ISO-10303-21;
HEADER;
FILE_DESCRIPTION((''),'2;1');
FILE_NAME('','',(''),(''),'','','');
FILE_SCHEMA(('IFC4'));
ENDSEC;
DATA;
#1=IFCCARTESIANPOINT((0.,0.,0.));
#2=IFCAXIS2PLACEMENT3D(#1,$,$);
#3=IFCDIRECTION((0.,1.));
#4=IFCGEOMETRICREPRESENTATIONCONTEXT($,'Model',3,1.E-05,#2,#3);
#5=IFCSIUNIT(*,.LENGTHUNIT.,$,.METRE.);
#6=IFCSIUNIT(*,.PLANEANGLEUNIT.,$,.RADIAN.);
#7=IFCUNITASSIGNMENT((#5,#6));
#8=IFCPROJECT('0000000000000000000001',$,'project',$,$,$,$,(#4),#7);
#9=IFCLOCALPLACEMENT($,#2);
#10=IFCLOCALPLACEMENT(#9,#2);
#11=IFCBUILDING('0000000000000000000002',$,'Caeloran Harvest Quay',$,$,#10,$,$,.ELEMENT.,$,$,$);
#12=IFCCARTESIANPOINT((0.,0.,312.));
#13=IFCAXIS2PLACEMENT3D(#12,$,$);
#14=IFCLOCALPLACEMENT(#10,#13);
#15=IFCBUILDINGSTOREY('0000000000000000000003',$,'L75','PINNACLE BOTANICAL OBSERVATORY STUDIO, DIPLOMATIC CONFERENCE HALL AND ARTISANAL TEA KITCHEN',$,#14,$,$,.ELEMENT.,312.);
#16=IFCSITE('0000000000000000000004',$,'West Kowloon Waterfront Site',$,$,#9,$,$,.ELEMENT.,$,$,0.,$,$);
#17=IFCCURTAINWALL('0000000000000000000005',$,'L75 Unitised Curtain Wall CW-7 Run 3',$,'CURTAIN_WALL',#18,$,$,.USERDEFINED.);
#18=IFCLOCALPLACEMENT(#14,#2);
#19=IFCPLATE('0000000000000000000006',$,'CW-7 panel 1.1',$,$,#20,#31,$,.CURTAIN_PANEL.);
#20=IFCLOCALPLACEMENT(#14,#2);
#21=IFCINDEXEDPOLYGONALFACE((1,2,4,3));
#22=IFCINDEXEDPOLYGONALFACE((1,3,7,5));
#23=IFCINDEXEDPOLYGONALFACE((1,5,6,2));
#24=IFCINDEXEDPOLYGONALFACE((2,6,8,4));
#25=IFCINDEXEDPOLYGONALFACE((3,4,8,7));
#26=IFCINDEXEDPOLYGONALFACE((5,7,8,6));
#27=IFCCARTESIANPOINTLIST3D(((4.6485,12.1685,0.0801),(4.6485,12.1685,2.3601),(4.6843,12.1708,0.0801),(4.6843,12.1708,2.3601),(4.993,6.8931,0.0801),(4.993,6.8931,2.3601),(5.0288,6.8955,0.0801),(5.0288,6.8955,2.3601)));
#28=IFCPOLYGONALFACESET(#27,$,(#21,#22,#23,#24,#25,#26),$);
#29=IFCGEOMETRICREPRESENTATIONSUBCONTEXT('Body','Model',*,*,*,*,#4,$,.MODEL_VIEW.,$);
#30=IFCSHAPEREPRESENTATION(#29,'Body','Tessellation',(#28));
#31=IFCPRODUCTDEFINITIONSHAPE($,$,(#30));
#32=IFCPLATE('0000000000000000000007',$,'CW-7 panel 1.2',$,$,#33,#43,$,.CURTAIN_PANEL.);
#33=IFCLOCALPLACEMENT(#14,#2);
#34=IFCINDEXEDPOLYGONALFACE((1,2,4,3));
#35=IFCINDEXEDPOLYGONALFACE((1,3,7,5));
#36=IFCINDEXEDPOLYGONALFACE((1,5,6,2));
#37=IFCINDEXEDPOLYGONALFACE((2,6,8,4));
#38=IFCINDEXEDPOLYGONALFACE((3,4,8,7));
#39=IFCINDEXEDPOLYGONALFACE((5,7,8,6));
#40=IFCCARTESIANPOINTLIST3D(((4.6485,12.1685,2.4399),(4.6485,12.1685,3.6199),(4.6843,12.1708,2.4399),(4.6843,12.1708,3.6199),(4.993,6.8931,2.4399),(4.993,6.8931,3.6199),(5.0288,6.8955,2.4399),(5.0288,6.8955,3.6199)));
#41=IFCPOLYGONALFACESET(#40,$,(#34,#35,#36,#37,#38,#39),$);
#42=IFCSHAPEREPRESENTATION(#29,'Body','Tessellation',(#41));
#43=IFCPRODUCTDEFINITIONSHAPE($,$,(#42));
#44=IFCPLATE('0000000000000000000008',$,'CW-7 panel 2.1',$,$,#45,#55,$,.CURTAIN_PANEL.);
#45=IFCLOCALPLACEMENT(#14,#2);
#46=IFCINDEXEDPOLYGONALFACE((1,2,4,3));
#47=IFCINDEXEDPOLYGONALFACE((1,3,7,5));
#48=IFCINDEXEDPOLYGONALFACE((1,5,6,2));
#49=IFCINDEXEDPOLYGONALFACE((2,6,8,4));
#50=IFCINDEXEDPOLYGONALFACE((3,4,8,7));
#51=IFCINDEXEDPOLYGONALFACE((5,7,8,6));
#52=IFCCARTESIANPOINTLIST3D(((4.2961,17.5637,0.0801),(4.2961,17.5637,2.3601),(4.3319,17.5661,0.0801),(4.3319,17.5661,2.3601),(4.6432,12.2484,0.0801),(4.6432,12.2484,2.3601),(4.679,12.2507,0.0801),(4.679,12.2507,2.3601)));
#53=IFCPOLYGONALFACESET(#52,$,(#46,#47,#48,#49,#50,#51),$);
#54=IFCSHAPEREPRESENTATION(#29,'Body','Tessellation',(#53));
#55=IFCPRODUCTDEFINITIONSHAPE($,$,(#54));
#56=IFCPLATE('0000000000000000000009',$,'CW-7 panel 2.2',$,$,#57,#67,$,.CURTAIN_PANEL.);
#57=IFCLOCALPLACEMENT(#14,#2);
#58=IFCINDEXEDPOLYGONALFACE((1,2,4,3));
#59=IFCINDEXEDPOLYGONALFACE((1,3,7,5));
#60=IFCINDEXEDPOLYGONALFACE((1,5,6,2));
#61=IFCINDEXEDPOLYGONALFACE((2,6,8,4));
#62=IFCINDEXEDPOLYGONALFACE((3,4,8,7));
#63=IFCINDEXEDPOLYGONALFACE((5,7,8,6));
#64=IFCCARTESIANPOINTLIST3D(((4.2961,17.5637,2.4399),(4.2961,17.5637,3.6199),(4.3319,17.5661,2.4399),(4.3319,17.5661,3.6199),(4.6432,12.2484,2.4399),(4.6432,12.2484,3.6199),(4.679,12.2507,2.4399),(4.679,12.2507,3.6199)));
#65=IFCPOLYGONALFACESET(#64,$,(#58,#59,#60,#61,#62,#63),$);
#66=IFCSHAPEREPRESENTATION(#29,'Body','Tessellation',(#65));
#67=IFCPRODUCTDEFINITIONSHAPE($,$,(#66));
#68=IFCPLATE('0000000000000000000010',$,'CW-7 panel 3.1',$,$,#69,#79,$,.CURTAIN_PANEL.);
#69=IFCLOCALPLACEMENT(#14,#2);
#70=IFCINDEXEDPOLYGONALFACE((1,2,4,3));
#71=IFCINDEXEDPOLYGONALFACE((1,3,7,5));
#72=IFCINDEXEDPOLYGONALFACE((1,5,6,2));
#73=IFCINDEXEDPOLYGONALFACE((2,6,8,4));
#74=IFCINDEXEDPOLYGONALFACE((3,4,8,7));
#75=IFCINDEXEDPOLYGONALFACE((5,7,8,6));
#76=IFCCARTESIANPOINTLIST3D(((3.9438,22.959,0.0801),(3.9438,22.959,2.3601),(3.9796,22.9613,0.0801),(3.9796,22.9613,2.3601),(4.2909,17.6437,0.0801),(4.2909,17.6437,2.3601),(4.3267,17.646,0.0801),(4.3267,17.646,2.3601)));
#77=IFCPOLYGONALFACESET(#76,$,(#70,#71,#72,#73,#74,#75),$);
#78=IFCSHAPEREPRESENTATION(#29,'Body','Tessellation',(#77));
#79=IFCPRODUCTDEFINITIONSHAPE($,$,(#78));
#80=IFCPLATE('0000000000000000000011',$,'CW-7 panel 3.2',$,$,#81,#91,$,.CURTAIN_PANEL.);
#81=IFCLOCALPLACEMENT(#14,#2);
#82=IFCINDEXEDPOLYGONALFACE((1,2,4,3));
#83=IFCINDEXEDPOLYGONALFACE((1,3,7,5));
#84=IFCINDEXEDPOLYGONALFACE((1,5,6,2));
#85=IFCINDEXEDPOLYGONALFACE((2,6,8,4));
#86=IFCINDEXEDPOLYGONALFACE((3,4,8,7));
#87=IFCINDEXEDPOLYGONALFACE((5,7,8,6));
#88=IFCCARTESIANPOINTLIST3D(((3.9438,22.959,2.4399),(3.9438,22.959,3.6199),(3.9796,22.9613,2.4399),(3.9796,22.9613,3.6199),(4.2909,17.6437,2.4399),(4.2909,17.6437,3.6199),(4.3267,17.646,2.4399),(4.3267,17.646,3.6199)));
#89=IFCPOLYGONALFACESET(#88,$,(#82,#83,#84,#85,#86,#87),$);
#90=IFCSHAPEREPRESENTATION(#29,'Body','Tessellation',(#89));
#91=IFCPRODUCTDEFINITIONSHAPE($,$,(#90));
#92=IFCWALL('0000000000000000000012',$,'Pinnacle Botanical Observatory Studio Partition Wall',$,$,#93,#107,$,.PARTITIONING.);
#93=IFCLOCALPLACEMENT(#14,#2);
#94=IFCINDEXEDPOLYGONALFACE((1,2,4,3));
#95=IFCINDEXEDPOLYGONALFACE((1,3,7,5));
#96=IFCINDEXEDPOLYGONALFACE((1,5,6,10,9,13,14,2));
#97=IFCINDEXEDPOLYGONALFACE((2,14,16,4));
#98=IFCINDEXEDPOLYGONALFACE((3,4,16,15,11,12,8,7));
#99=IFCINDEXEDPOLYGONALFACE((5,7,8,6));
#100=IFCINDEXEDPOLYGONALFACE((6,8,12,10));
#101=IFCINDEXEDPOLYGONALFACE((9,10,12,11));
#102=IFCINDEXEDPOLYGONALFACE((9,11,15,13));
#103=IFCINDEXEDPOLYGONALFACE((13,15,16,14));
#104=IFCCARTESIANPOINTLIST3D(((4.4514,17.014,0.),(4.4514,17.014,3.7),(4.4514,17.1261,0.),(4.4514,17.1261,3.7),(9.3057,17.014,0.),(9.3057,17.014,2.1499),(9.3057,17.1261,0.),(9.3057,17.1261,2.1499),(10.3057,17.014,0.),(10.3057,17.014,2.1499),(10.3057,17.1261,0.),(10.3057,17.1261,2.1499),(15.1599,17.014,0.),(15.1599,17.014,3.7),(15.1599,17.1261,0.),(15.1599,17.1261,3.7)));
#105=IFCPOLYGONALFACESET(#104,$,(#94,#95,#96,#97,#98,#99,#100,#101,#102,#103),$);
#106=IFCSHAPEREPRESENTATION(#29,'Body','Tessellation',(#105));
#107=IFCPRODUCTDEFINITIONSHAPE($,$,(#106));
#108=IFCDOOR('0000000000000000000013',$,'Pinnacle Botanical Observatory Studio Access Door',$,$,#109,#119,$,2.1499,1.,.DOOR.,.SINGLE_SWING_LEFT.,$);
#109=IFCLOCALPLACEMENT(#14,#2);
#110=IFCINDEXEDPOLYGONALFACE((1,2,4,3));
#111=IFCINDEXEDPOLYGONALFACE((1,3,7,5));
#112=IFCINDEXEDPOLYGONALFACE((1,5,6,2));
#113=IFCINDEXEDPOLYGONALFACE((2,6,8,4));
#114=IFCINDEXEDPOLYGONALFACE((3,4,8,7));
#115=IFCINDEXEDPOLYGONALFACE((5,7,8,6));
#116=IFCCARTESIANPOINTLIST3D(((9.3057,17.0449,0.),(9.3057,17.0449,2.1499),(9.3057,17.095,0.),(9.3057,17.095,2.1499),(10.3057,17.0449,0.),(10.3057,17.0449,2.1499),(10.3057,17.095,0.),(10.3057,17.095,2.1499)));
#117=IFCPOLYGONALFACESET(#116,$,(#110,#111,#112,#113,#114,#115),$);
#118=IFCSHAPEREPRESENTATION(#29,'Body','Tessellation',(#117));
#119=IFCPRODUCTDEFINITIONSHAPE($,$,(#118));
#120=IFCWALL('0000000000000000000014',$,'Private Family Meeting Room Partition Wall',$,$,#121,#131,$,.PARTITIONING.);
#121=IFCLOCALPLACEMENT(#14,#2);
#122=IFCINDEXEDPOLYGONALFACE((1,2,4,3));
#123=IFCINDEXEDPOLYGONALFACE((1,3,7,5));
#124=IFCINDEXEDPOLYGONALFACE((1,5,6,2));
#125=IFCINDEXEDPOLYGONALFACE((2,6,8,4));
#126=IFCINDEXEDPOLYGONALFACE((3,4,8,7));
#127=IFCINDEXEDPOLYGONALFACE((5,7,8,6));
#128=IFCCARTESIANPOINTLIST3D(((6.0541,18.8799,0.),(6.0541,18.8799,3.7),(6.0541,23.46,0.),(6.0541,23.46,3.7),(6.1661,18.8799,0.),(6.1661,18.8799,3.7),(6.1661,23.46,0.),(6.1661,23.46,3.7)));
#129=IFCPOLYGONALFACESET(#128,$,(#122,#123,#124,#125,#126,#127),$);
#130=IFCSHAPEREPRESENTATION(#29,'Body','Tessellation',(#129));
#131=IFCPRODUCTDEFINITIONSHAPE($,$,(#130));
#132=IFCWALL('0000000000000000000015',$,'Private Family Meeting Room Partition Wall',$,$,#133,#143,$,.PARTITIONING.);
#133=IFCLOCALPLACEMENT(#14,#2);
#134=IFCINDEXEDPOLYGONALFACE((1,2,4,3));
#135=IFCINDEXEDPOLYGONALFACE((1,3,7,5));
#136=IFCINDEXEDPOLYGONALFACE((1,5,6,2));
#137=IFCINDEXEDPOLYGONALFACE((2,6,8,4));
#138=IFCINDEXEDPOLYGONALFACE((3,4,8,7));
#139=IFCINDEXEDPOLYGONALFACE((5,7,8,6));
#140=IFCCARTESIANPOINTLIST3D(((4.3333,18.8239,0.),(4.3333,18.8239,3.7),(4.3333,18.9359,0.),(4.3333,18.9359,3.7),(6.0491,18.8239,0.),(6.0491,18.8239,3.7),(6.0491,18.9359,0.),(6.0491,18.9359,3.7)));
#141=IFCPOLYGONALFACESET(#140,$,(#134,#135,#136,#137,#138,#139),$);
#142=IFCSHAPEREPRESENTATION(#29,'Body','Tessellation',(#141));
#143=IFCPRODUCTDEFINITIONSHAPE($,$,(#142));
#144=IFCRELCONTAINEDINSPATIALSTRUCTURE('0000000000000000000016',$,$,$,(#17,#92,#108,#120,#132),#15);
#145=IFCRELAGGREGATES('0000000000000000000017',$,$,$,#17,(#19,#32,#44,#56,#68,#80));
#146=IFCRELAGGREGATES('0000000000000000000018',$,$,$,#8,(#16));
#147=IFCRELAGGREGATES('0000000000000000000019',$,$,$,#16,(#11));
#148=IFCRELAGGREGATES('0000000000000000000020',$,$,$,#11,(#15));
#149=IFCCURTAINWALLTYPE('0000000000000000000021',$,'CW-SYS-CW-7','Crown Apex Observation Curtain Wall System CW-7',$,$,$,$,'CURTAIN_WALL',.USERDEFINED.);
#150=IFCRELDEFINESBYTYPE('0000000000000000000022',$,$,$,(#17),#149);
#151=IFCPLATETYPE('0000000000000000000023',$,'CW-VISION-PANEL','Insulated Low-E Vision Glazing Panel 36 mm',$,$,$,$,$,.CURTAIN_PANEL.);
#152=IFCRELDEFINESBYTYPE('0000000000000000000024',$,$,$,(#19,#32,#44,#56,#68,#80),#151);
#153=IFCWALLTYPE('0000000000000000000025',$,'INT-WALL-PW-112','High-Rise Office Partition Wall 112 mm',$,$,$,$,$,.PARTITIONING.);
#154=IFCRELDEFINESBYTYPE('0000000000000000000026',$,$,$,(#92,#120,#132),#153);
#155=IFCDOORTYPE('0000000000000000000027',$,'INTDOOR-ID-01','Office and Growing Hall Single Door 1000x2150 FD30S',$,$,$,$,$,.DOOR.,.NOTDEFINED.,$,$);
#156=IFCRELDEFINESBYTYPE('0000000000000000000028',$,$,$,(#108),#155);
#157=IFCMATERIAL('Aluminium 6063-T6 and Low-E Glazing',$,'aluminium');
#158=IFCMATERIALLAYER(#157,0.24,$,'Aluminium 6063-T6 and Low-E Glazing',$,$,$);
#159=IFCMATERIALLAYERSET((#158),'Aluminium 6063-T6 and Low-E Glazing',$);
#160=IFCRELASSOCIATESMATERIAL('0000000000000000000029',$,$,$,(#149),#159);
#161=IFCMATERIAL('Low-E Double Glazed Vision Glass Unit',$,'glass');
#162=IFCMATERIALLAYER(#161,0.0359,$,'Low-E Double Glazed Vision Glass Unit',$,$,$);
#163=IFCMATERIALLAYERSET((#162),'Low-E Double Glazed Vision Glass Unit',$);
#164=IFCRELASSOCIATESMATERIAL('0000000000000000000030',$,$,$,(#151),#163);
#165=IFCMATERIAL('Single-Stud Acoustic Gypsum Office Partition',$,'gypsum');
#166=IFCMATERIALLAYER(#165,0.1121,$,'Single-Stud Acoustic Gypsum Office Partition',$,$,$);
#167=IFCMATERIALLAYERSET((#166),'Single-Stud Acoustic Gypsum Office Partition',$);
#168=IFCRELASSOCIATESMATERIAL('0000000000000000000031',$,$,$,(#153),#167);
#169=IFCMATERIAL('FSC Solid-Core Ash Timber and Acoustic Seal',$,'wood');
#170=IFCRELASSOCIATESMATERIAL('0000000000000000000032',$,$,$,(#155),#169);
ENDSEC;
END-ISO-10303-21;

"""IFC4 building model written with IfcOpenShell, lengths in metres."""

from ifc_helpers import new_model, si_unit, direction, frame, frame_2d, origin, origin_2d, place, context, subcontext, project, spatial, rectangle, extrude, material, layer, layer_set, type_object, element, fill, aggregate, save


model = new_model("IFC4")

# Units and contexts
model_context = context("Model", 3, precision=1e-05, world=origin(), true_north=direction((0.0, 1.0)))
body_context = subcontext(model_context, "Body", "Model", "MODEL_VIEW")
ifc_project = project(units=[si_unit("LENGTHUNIT", "METRE"), si_unit("PLANEANGLEUNIT", "RADIAN")], contexts=[model_context])

# Site, building, storey
site_placement = place(None, origin())
site = spatial("IfcSite", under=ifc_project, at=site_placement, Name="West Kowloon Waterfront Site", CompositionType="ELEMENT", RefElevation=0.0)
building_placement = place(site_placement, origin())
building = spatial("IfcBuilding", under=site, at=building_placement, Name="Caeloran Harvest Quay", CompositionType="ELEMENT")
storey_placement = place(building_placement, frame((0.0, 0.0, 312.0)))
storey = spatial("IfcBuildingStorey", under=building, at=storey_placement, Name="L75", Description="PINNACLE BOTANICAL OBSERVATORY STUDIO, DIPLOMATIC CONFERENCE HALL AND ARTISANAL TEA KITCHEN", CompositionType="ELEMENT", Elevation=312.0)

# Curtain wall, plates
ifc_material_1 = material(Name="Aluminium 6063-T6 and Low-E Glazing", Category="aluminium")
ifc_layer_1 = layer(ifc_material_1, 0.24, Name="Aluminium 6063-T6 and Low-E Glazing")
ifc_layer_set_1 = layer_set([ifc_layer_1], Name="Aluminium 6063-T6 and Low-E Glazing")
curtain_wall_type = type_object("IfcCurtainWallType", Name="CW-SYS-CW-7", Description="Crown Apex Observation Curtain Wall System CW-7", ElementType="CURTAIN_WALL", PredefinedType="USERDEFINED", material=ifc_layer_set_1)
curtain_wall_placement = place(storey_placement, origin())
curtain_wall = element("IfcCurtainWall", 1, at=curtain_wall_placement, inside=storey, type_object=curtain_wall_type, Name="L75 Unitised Curtain Wall CW-7 Run 3", ObjectType="CURTAIN_WALL", PredefinedType="USERDEFINED")
ifc_material_2 = material(Name="Low-E Double Glazed Vision Glass Unit", Category="glass")
ifc_layer_2 = layer(ifc_material_2, 0.0359, Name="Low-E Double Glazed Vision Glass Unit")
ifc_layer_set_2 = layer_set([ifc_layer_2], Name="Low-E Double Glazed Vision Glass Unit")
plate_type = type_object("IfcPlateType", Name="CW-VISION-PANEL", Description="Insulated Low-E Vision Glazing Panel 36 mm", PredefinedType="CURTAIN_PANEL", material=ifc_layer_set_2)
plate_1_placement = place(storey_placement, frame((4.8386, 9.532, 0.0801), z_axis=(0.0, 0.0, 1.0), x_axis=(-0.065167, 0.997874, 0.0)))
plate_1 = element("IfcPlate", 2, at=plate_1_placement, type_object=plate_type, Name="CW-7 panel 1.1", PredefinedType="CURTAIN_PANEL", context=body_context, shape_type="SweptSolid", body=[
    extrude(rectangle(XDim=5.2866, YDim=0.0359, at=origin_2d()), origin(), (0.0, 0.0, 1.0), 2.28),
])
plate_2_placement = place(storey_placement, frame((4.8386, 9.532, 2.4399), z_axis=(0.0, 0.0, 1.0), x_axis=(-0.065167, 0.997874, 0.0)))
plate_2 = element("IfcPlate", 3, at=plate_2_placement, type_object=plate_type, Name="CW-7 panel 1.2", PredefinedType="CURTAIN_PANEL", context=body_context, shape_type="SweptSolid", body=[
    extrude(rectangle(XDim=5.2866, YDim=0.0359, at=origin_2d()), origin(), (0.0, 0.0, 1.0), 1.1799),
])
plate_3_placement = place(storey_placement, frame((4.4875, 14.9072, 0.0801), z_axis=(0.0, 0.0, 1.0), x_axis=(-0.065167, 0.997874, 0.0)))
plate_3 = element("IfcPlate", 4, at=plate_3_placement, type_object=plate_type, Name="CW-7 panel 2.1", PredefinedType="CURTAIN_PANEL", context=body_context, shape_type="SweptSolid", body=[
    extrude(rectangle(XDim=5.3267, YDim=0.0359, at=origin_2d()), origin(), (0.0, 0.0, 1.0), 2.28),
])
plate_4_placement = place(storey_placement, frame((4.4875, 14.9072, 2.4399), z_axis=(0.0, 0.0, 1.0), x_axis=(-0.065167, 0.997874, 0.0)))
plate_4 = element("IfcPlate", 5, at=plate_4_placement, type_object=plate_type, Name="CW-7 panel 2.2", PredefinedType="CURTAIN_PANEL", context=body_context, shape_type="SweptSolid", body=[
    extrude(rectangle(XDim=5.3267, YDim=0.0359, at=origin_2d()), origin(), (0.0, 0.0, 1.0), 1.1799),
])
plate_5_placement = place(storey_placement, frame((4.1353, 20.3025, 0.0801), z_axis=(0.0, 0.0, 1.0), x_axis=(-0.065167, 0.997874, 0.0)))
plate_5 = element("IfcPlate", 6, at=plate_5_placement, type_object=plate_type, Name="CW-7 panel 3.1", PredefinedType="CURTAIN_PANEL", context=body_context, shape_type="SweptSolid", body=[
    extrude(rectangle(XDim=5.3267, YDim=0.0359, at=origin_2d()), origin(), (0.0, 0.0, 1.0), 2.28),
])
plate_6_placement = place(storey_placement, frame((4.1353, 20.3025, 2.4399), z_axis=(0.0, 0.0, 1.0), x_axis=(-0.065167, 0.997874, 0.0)))
plate_6 = element("IfcPlate", 7, at=plate_6_placement, type_object=plate_type, Name="CW-7 panel 3.2", PredefinedType="CURTAIN_PANEL", context=body_context, shape_type="SweptSolid", body=[
    extrude(rectangle(XDim=5.3267, YDim=0.0359, at=origin_2d()), origin(), (0.0, 0.0, 1.0), 1.1799),
])
aggregate(curtain_wall, [plate_1, plate_2, plate_3, plate_4, plate_5, plate_6])

# Wall, opening, door
ifc_material_3 = material(Name="Single-Stud Acoustic Gypsum Office Partition", Category="gypsum")
ifc_layer_3 = layer(ifc_material_3, 0.1121, Name="Single-Stud Acoustic Gypsum Office Partition")
ifc_layer_set_3 = layer_set([ifc_layer_3], Name="Single-Stud Acoustic Gypsum Office Partition")
wall_type = type_object("IfcWallType", Name="INT-WALL-PW-112", Description="High-Rise Office Partition Wall 112 mm", PredefinedType="PARTITIONING", material=ifc_layer_set_3)
wall_1_placement = place(storey_placement, frame((4.4514, 17.0701, 0.0), z_axis=(0.0, 0.0, 1.0), x_axis=(1.0, 0.0, 0.0)))
wall_1 = element("IfcWall", 8, at=wall_1_placement, inside=storey, type_object=wall_type, Name="Pinnacle Botanical Observatory Studio Partition Wall", PredefinedType="PARTITIONING", context=body_context, shape_type="SweptSolid", body=[
    extrude(rectangle(XDim=10.7085, YDim=0.1121, at=frame_2d((5.3542, 0.0))), origin(), (0.0, 0.0, 1.0), 3.7),
])
opening_placement = place(wall_1_placement, frame((4.8542, 0.0, 0.0)))
opening = element("IfcOpeningElement", 9, at=opening_placement, cuts=wall_1, PredefinedType="OPENING", context=body_context, shape_type="SweptSolid", body=[
    extrude(rectangle(XDim=1.0, YDim=2.1499, at=frame_2d((0.5, 1.075))), frame((0.0, 0.0659, 0.0), z_axis=(0.0, -1.0, 0.0), x_axis=(1.0, 0.0, 0.0)), (0.0, 0.0, 1.0), 0.1321),
])
ifc_material_4 = material(Name="FSC Solid-Core Ash Timber and Acoustic Seal", Category="wood")
door_type = type_object("IfcDoorType", Name="INTDOOR-ID-01", Description="Office and Growing Hall Single Door 1000x2150 FD30S", OperationType="NOTDEFINED", PredefinedType="DOOR", material=ifc_material_4)
door_placement = place(opening_placement, origin())
door = element("IfcDoor", 10, at=door_placement, inside=storey, type_object=door_type, Name="Pinnacle Botanical Observatory Studio Access Door", OperationType="SINGLE_SWING_LEFT", OverallHeight=2.1499, OverallWidth=1.0, PredefinedType="DOOR", context=body_context, shape_type="SweptSolid", body=[
    extrude(rectangle(XDim=1.0, YDim=2.1499, at=frame_2d((0.5, 1.075))), frame((0.0, 0.0249, 0.0), z_axis=(0.0, -1.0, 0.0), x_axis=(1.0, 0.0, 0.0)), (0.0, 0.0, 1.0), 0.05),
])
fill(opening, door)

# Walls
wall_2_placement = place(storey_placement, frame((6.1101, 18.8799, 0.0), z_axis=(0.0, 0.0, 1.0), x_axis=(0.0, 1.0, 0.0)))
element("IfcWall", 11, at=wall_2_placement, inside=storey, type_object=wall_type, Name="Private Family Meeting Room Partition Wall", PredefinedType="PARTITIONING", context=body_context, shape_type="SweptSolid", body=[
    extrude(rectangle(XDim=4.5801, YDim=0.1121, at=frame_2d((2.29, 0.0))), origin(), (0.0, 0.0, 1.0), 3.7),
])
wall_3_placement = place(storey_placement, frame((6.0491, 18.8799, 0.0), z_axis=(0.0, 0.0, 1.0), x_axis=(-1.0, 0.0, 0.0)))
element("IfcWall", 12, at=wall_3_placement, inside=storey, type_object=wall_type, Name="Private Family Meeting Room Partition Wall", PredefinedType="PARTITIONING", context=body_context, shape_type="SweptSolid", body=[
    extrude(rectangle(XDim=1.7158, YDim=0.1121, at=frame_2d((0.8579, 0.0))), origin(), (0.0, 0.0, 1.0), 3.7),
])

save(model, "model.ifc")
